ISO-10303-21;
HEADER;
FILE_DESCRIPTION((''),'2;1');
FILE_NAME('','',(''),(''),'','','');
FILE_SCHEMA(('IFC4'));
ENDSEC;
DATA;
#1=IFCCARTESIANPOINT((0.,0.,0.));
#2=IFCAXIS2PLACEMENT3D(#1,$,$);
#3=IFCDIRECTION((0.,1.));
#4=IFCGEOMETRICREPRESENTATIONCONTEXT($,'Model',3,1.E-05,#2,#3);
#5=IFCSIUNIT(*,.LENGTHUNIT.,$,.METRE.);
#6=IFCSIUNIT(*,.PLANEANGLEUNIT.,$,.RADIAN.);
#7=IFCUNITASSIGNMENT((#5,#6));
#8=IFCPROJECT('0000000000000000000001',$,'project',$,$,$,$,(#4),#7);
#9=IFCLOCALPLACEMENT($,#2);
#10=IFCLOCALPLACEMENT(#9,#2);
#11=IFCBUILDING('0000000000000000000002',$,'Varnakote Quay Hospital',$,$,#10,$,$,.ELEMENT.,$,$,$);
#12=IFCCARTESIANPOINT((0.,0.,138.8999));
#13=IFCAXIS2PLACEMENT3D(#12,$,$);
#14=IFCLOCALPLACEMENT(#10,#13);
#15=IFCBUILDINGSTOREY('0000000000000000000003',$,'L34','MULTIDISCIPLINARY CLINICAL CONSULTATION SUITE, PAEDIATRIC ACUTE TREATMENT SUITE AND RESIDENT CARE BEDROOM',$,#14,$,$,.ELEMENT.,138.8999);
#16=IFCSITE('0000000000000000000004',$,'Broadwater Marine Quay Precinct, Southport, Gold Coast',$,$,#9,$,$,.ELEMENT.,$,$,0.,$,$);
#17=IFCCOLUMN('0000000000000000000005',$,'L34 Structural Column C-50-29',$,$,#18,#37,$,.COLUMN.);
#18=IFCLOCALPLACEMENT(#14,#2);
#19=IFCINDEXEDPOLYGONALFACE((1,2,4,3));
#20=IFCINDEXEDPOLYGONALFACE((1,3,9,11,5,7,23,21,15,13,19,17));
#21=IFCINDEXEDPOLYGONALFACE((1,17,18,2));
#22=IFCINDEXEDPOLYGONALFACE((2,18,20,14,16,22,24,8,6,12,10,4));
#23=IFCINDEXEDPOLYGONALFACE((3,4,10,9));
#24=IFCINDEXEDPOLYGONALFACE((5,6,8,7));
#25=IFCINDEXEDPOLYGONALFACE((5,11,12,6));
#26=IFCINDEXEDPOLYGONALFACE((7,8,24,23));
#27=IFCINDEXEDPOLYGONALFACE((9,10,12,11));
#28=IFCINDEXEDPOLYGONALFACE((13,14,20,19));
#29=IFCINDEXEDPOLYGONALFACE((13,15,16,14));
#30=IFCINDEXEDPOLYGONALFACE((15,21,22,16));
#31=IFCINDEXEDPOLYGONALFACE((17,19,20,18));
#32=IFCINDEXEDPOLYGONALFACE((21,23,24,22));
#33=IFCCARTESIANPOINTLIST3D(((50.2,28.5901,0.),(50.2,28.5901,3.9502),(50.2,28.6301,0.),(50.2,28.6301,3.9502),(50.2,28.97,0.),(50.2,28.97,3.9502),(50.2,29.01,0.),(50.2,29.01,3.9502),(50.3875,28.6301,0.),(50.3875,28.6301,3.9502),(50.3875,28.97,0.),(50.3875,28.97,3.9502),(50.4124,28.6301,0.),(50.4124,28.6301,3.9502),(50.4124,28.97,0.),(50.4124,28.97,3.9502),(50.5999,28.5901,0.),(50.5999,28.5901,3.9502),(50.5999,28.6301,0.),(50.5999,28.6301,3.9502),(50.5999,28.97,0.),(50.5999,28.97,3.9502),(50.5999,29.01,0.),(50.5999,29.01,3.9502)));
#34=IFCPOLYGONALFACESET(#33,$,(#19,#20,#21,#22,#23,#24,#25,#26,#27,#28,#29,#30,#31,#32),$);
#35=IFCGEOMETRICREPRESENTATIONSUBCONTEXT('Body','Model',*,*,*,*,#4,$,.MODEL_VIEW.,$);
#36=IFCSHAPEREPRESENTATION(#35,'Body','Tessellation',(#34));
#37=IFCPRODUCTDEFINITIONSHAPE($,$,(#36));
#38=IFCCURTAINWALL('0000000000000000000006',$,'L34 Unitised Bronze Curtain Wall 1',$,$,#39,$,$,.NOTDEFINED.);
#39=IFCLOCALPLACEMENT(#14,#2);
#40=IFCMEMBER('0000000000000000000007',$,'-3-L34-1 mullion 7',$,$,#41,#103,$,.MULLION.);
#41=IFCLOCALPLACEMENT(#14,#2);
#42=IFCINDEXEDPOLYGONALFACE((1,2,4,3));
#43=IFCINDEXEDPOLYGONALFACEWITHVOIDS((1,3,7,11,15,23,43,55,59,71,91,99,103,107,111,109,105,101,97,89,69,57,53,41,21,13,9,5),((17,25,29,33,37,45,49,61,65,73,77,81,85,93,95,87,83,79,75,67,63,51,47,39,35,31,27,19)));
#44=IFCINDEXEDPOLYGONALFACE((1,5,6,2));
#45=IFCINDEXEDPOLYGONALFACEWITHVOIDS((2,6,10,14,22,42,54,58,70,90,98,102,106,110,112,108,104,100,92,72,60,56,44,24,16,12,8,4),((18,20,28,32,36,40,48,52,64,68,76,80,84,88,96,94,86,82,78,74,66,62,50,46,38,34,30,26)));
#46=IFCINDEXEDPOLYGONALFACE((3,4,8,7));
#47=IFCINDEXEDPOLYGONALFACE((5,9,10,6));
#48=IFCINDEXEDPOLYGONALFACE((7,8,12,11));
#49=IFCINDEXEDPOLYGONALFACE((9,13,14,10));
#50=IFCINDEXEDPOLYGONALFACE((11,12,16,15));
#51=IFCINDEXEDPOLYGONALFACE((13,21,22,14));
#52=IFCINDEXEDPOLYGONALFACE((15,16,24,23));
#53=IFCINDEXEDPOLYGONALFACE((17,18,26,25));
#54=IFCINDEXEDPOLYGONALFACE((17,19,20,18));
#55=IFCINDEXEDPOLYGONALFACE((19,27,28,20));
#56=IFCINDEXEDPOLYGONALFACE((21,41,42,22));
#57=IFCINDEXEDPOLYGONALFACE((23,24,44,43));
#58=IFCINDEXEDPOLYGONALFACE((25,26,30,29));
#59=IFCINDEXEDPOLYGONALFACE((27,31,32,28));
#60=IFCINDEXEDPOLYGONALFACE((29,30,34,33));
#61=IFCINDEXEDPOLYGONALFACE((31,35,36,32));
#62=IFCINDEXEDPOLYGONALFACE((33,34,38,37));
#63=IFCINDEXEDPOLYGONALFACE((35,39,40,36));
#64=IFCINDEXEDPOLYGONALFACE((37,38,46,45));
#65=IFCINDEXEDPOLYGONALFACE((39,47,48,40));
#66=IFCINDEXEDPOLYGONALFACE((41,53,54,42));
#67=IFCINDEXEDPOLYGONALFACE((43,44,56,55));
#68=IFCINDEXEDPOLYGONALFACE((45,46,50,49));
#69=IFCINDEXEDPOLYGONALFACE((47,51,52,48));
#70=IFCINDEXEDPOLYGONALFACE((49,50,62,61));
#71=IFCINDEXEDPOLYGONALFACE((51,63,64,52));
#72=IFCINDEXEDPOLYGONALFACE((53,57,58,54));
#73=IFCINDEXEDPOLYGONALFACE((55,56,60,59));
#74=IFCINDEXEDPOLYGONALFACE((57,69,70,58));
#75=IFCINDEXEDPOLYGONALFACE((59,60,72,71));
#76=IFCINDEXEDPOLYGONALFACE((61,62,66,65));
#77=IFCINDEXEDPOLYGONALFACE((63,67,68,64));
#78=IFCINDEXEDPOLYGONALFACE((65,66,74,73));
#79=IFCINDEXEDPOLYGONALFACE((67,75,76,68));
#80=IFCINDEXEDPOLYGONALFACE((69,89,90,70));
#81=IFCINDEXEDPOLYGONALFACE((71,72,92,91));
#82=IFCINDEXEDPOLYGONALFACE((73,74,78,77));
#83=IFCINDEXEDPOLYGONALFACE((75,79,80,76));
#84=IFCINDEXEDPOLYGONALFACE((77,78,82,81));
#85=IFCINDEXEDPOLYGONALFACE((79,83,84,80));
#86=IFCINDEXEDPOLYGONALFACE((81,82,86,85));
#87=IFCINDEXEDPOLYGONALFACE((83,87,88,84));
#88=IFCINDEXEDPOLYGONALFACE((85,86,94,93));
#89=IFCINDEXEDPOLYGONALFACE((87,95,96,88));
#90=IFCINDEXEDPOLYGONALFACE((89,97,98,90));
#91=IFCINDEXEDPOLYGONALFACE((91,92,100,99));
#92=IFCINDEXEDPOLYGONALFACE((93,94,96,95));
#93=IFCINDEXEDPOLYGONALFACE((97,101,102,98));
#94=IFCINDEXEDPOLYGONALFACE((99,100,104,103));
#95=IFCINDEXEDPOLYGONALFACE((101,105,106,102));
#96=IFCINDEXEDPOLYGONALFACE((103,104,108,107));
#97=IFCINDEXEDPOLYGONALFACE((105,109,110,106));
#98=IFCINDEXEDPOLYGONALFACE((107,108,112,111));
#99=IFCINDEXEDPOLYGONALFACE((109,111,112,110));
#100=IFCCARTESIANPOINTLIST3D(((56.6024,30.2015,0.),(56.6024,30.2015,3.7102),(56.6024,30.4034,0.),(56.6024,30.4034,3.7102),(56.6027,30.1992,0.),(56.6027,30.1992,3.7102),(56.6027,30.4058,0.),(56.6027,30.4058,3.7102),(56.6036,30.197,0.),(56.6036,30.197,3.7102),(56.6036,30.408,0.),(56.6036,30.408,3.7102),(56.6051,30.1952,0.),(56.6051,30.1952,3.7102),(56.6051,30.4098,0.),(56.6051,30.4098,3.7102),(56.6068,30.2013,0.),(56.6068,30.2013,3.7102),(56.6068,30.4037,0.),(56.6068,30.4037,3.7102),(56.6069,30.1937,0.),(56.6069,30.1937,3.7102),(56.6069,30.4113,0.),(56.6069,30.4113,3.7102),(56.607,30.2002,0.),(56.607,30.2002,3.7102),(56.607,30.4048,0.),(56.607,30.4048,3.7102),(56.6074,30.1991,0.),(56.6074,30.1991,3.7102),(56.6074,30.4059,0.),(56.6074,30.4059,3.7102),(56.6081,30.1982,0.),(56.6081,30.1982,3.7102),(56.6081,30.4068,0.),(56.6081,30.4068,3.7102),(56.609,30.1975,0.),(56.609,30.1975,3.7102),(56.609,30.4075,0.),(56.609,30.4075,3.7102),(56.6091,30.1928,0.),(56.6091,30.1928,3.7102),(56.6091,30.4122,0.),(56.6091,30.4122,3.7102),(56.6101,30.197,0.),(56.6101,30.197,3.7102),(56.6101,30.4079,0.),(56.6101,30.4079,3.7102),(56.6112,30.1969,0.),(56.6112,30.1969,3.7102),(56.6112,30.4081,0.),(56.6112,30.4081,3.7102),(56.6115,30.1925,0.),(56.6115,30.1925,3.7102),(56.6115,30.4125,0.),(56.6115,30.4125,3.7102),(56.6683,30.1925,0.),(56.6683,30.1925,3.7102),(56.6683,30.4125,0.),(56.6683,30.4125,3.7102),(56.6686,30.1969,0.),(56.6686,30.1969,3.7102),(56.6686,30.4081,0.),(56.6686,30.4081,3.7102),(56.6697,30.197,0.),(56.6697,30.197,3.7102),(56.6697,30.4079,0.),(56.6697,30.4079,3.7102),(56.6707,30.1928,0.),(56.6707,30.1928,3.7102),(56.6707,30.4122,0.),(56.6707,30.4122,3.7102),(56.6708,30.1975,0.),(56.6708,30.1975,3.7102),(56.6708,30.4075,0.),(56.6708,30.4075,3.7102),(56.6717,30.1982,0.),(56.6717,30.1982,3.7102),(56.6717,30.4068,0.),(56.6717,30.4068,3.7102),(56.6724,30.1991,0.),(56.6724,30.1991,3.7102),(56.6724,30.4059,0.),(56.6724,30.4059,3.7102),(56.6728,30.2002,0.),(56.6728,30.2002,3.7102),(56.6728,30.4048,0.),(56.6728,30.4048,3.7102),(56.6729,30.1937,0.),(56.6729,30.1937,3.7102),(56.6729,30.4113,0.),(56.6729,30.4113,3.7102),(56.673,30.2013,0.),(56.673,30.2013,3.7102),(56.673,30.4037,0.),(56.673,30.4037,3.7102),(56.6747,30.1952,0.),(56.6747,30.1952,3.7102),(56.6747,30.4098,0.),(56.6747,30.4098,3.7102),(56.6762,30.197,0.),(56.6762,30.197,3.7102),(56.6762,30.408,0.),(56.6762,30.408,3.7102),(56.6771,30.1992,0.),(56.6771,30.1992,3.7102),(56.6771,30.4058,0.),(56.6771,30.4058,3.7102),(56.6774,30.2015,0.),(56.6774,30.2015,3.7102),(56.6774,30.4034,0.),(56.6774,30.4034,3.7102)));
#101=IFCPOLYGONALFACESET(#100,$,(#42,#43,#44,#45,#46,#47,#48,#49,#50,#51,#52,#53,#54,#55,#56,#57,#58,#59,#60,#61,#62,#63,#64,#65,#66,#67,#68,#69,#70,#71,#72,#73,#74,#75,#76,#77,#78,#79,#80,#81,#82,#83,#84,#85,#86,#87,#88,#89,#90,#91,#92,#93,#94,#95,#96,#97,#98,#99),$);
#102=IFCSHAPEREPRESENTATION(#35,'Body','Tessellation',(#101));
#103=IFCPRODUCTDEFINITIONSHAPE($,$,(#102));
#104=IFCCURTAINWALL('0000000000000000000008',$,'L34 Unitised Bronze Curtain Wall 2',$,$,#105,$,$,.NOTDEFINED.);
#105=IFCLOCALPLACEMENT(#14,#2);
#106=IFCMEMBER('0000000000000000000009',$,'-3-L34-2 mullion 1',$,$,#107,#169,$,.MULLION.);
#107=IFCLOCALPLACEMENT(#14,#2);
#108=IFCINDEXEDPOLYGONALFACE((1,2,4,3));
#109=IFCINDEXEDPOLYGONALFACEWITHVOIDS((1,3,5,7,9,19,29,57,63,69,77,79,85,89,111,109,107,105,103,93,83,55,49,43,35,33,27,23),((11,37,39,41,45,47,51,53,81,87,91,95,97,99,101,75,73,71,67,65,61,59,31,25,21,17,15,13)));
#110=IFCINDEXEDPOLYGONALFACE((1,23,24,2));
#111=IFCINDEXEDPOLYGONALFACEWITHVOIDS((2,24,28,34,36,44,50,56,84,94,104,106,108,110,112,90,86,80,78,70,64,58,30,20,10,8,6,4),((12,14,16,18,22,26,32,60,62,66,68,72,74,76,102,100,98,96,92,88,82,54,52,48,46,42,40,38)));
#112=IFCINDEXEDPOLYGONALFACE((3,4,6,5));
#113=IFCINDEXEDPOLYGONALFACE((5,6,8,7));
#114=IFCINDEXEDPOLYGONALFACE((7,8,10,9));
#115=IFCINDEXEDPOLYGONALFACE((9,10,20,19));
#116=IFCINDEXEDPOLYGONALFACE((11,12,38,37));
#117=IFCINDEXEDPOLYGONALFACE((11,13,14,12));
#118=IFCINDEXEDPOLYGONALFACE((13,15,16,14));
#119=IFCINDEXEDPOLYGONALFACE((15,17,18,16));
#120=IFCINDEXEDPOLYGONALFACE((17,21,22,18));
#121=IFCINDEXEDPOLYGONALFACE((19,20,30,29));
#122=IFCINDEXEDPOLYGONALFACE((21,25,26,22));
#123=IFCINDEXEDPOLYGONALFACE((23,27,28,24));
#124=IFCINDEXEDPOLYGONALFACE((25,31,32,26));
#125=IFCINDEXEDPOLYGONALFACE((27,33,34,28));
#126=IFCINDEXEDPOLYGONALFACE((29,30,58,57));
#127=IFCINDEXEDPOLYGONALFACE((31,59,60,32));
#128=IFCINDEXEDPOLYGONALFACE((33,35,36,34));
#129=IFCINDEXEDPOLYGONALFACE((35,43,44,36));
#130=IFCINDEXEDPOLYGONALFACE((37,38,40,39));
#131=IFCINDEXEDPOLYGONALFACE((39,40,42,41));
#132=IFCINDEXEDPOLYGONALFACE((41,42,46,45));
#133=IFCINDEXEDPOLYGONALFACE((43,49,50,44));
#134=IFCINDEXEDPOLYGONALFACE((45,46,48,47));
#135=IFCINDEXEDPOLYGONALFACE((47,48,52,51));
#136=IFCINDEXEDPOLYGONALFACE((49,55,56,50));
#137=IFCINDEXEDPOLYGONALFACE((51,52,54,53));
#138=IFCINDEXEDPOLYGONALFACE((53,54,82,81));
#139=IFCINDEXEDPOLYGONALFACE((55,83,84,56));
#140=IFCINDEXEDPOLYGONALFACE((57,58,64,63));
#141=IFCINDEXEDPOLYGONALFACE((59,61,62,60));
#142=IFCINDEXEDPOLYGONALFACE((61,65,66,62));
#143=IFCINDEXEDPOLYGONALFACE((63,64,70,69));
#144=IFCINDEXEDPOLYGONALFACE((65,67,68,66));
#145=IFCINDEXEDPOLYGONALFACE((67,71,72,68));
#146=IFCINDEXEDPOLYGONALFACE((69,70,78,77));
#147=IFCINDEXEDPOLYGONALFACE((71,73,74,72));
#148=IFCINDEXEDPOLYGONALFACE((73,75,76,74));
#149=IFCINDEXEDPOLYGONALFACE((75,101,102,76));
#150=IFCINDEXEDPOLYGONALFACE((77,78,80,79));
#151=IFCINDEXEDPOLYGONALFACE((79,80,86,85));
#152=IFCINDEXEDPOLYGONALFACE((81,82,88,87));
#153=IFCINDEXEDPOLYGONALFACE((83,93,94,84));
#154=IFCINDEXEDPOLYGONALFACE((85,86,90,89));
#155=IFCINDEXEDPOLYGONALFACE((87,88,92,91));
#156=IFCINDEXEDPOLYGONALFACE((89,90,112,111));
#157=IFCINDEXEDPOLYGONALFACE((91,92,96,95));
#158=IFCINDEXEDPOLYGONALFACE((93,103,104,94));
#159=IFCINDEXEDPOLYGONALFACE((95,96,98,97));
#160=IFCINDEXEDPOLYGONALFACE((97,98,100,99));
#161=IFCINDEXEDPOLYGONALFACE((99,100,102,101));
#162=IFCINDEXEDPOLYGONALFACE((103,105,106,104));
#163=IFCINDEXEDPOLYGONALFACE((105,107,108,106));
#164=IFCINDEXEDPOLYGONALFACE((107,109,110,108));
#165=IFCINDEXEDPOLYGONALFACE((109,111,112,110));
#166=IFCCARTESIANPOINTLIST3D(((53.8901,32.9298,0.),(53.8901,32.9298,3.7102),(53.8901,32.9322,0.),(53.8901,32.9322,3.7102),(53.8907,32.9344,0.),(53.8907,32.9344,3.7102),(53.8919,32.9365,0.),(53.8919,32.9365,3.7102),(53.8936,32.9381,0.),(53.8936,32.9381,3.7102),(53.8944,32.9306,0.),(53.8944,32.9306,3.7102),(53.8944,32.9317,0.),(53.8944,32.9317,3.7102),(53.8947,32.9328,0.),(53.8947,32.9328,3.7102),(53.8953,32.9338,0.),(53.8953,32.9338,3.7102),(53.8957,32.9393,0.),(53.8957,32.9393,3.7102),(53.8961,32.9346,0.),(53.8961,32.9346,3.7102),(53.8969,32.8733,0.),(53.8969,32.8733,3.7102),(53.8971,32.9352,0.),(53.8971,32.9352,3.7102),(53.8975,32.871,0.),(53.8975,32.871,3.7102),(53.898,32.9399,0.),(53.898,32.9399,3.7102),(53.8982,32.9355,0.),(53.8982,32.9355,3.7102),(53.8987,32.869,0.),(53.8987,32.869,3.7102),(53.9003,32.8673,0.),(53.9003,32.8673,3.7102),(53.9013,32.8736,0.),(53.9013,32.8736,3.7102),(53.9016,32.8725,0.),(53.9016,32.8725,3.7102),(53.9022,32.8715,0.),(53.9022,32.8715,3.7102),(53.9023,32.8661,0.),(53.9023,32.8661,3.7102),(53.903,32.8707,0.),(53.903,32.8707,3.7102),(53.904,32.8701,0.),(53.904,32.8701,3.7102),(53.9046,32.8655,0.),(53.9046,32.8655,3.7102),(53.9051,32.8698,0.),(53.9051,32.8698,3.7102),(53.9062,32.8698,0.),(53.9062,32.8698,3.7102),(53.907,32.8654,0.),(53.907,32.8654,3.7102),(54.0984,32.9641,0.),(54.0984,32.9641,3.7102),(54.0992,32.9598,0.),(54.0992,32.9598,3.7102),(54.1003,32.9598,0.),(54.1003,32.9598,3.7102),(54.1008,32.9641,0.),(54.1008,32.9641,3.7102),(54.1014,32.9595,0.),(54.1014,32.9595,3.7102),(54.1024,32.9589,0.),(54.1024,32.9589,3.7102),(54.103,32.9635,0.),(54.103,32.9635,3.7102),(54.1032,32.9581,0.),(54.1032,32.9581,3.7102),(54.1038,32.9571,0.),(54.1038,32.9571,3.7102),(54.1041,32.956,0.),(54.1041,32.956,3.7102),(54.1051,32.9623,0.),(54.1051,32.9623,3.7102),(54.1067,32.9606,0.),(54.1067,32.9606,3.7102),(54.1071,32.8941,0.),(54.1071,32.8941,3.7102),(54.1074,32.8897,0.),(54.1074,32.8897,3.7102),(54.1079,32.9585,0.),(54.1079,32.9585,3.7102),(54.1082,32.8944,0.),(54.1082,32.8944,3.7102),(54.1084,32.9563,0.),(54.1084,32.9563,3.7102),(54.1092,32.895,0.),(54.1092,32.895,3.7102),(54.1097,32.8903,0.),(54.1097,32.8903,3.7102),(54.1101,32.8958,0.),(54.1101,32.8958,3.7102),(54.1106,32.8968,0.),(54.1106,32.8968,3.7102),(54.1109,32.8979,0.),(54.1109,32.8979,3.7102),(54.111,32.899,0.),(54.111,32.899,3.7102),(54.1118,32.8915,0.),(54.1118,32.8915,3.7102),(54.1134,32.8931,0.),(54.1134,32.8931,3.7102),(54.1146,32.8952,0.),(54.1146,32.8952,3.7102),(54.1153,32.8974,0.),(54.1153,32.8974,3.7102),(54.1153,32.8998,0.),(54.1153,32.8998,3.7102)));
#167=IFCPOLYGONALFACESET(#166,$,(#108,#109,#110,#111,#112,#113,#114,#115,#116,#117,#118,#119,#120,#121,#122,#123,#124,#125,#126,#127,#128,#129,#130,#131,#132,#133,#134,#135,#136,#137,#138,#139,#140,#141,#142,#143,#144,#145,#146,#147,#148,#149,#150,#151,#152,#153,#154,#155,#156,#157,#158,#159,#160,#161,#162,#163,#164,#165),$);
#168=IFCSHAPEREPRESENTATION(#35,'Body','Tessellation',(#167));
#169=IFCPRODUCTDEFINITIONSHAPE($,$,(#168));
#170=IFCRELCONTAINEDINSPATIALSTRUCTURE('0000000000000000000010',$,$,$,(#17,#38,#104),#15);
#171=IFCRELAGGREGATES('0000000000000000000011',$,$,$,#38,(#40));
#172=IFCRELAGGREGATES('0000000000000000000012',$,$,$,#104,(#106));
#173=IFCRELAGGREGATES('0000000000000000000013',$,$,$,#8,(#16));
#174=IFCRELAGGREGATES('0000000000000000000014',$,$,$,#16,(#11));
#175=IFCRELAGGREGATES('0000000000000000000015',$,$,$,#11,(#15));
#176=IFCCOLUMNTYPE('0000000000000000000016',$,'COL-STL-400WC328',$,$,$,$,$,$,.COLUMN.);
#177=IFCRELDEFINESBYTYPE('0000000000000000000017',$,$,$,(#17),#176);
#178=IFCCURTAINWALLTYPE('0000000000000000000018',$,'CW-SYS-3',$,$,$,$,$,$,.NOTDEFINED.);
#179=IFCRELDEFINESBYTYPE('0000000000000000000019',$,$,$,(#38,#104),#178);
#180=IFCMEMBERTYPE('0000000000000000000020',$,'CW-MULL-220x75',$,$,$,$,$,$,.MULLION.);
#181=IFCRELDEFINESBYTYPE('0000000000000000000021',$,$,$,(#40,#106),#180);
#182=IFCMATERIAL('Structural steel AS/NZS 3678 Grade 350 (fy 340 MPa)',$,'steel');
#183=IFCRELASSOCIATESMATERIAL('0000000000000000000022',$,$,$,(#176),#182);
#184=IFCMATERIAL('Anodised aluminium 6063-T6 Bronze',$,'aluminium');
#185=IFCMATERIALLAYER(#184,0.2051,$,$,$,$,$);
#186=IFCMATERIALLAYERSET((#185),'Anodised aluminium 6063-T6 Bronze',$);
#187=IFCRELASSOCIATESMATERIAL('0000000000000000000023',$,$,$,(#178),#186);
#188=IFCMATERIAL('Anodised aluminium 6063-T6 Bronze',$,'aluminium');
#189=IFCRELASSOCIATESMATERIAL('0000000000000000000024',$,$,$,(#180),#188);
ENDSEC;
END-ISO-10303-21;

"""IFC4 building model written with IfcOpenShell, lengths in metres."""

from ifc_helpers import new_model, si_unit, direction, frame, origin, origin_2d, place, context, subcontext, project, spatial, hollow_rectangle, i_section, extrude, material, layer, layer_set, material_profile, profile_set, type_object, element, aggregate, save


model = new_model("IFC4")

# Units and contexts
model_context = context("Model", 3, precision=1e-05, world=origin(), true_north=direction((0.0, 1.0)))
body_context = subcontext(model_context, "Body", "Model", "MODEL_VIEW")
ifc_project = project(units=[si_unit("LENGTHUNIT", "METRE"), si_unit("PLANEANGLEUNIT", "RADIAN")], contexts=[model_context])

# Site, building, storey
site_placement = place(None, origin())
site = spatial("IfcSite", under=ifc_project, at=site_placement, Name="Broadwater Marine Quay Precinct, Southport, Gold Coast", CompositionType="ELEMENT", RefElevation=0.0)
building_placement = place(site_placement, origin())
building = spatial("IfcBuilding", under=site, at=building_placement, Name="Varnakote Quay Hospital", CompositionType="ELEMENT")
storey_placement = place(building_placement, frame((0.0, 0.0, 138.8999)))
storey = spatial("IfcBuildingStorey", under=building, at=storey_placement, Name="L34", Description="MULTIDISCIPLINARY CLINICAL CONSULTATION SUITE, PAEDIATRIC ACUTE TREATMENT SUITE AND RESIDENT CARE BEDROOM", CompositionType="ELEMENT", Elevation=138.8999)

# Column
ifc_material_1 = material(Name="Structural steel AS/NZS 3678 Grade 350 (fy 340 MPa)", Category="steel")
ifc_material_profile_1 = material_profile(ifc_material_1, i_section(OverallWidth=0.3999, OverallDepth=0.4199, WebThickness=0.0249, FlangeThickness=0.04, at=origin_2d()), Name="400WC328")
ifc_profile_set_1 = profile_set([ifc_material_profile_1], Name="Structural steel AS/NZS 3678 Grade 350 (fy 340 MPa)")
column_type = type_object("IfcColumnType", Name="COL-STL-400WC328", PredefinedType="COLUMN", material=ifc_profile_set_1)
column_placement = place(storey_placement, frame((50.3999, 28.8, 0.0), z_axis=(0.0, 0.0, 1.0), x_axis=(1.0, 0.0, 0.0)))
element("IfcColumn", 1, at=column_placement, inside=storey, type_object=column_type, Name="L34 Structural Column C-50-29", PredefinedType="COLUMN", context=body_context, shape_type="SweptSolid", body=[
    extrude(i_section(OverallWidth=0.3999, OverallDepth=0.4199, WebThickness=0.0249, FlangeThickness=0.04, at=origin_2d()), origin(), (0.0, 0.0, 1.0), 3.9502),
])

# Curtain wall, member
ifc_material_2 = material(Name="Anodised aluminium 6063-T6 Bronze", Category="aluminium")
ifc_layer_1 = layer(ifc_material_2, 0.2051)
ifc_layer_set_1 = layer_set([ifc_layer_1], Name="Anodised aluminium 6063-T6 Bronze")
curtain_wall_type = type_object("IfcCurtainWallType", Name="CW-SYS-3", PredefinedType="NOTDEFINED", material=ifc_layer_set_1)
curtain_wall_1_placement = place(storey_placement, origin())
curtain_wall_1 = element("IfcCurtainWall", 2, at=curtain_wall_1_placement, inside=storey, type_object=curtain_wall_type, Name="L34 Unitised Bronze Curtain Wall 1", PredefinedType="NOTDEFINED")
ifc_material_3 = material(Name="Anodised aluminium 6063-T6 Bronze", Category="aluminium")
ifc_material_profile_2 = material_profile(ifc_material_3, hollow_rectangle(XDim=0.075, YDim=0.22, WallThickness=0.0044, InnerFilletRadius=0.0044, OuterFilletRadius=0.009, at=origin_2d()), Name="CW-MULL-220x75")
ifc_profile_set_2 = profile_set([ifc_material_profile_2], Name="Anodised aluminium 6063-T6 Bronze")
member_type_1 = type_object("IfcMemberType", Name="CW-MULL-220x75", PredefinedType="MULLION", material=ifc_profile_set_2)
member_1_placement = place(storey_placement, frame((56.6399, 30.3025, 0.0), z_axis=(0.0, 0.0, 1.0), x_axis=(-1.0, 0.0, 0.0)))
member_1 = element("IfcMember", 3, at=member_1_placement, type_object=member_type_1, Name="-3-L34-1 mullion 7", PredefinedType="MULLION", context=body_context, shape_type="SweptSolid", body=[
    extrude(hollow_rectangle(XDim=0.075, YDim=0.22, WallThickness=0.0044, InnerFilletRadius=0.0044, OuterFilletRadius=0.009, at=origin_2d()), origin(), (0.0, 0.0, 1.0), 3.7102),
])

# Curtain wall, member
curtain_wall_2_placement = place(storey_placement, origin())
curtain_wall_2 = element("IfcCurtainWall", 4, at=curtain_wall_2_placement, inside=storey, type_object=curtain_wall_type, Name="L34 Unitised Bronze Curtain Wall 2", PredefinedType="NOTDEFINED")
member_2_placement = place(storey_placement, frame((54.0027, 32.9148, 0.0), z_axis=(0.0, 0.0, 1.0), x_axis=(0.120327, -0.992734, 0.0)))
member_2 = element("IfcMember", 5, at=member_2_placement, type_object=member_type_1, Name="-3-L34-2 mullion 1", PredefinedType="MULLION", context=body_context, shape_type="SweptSolid", body=[
    extrude(hollow_rectangle(XDim=0.075, YDim=0.22, WallThickness=0.0044, InnerFilletRadius=0.0044, OuterFilletRadius=0.009, at=origin_2d()), origin(), (0.0, 0.0, 1.0), 3.7102),
])

aggregate(curtain_wall_1, [member_1])
aggregate(curtain_wall_2, [member_2])

save(model, "model.ifc")
